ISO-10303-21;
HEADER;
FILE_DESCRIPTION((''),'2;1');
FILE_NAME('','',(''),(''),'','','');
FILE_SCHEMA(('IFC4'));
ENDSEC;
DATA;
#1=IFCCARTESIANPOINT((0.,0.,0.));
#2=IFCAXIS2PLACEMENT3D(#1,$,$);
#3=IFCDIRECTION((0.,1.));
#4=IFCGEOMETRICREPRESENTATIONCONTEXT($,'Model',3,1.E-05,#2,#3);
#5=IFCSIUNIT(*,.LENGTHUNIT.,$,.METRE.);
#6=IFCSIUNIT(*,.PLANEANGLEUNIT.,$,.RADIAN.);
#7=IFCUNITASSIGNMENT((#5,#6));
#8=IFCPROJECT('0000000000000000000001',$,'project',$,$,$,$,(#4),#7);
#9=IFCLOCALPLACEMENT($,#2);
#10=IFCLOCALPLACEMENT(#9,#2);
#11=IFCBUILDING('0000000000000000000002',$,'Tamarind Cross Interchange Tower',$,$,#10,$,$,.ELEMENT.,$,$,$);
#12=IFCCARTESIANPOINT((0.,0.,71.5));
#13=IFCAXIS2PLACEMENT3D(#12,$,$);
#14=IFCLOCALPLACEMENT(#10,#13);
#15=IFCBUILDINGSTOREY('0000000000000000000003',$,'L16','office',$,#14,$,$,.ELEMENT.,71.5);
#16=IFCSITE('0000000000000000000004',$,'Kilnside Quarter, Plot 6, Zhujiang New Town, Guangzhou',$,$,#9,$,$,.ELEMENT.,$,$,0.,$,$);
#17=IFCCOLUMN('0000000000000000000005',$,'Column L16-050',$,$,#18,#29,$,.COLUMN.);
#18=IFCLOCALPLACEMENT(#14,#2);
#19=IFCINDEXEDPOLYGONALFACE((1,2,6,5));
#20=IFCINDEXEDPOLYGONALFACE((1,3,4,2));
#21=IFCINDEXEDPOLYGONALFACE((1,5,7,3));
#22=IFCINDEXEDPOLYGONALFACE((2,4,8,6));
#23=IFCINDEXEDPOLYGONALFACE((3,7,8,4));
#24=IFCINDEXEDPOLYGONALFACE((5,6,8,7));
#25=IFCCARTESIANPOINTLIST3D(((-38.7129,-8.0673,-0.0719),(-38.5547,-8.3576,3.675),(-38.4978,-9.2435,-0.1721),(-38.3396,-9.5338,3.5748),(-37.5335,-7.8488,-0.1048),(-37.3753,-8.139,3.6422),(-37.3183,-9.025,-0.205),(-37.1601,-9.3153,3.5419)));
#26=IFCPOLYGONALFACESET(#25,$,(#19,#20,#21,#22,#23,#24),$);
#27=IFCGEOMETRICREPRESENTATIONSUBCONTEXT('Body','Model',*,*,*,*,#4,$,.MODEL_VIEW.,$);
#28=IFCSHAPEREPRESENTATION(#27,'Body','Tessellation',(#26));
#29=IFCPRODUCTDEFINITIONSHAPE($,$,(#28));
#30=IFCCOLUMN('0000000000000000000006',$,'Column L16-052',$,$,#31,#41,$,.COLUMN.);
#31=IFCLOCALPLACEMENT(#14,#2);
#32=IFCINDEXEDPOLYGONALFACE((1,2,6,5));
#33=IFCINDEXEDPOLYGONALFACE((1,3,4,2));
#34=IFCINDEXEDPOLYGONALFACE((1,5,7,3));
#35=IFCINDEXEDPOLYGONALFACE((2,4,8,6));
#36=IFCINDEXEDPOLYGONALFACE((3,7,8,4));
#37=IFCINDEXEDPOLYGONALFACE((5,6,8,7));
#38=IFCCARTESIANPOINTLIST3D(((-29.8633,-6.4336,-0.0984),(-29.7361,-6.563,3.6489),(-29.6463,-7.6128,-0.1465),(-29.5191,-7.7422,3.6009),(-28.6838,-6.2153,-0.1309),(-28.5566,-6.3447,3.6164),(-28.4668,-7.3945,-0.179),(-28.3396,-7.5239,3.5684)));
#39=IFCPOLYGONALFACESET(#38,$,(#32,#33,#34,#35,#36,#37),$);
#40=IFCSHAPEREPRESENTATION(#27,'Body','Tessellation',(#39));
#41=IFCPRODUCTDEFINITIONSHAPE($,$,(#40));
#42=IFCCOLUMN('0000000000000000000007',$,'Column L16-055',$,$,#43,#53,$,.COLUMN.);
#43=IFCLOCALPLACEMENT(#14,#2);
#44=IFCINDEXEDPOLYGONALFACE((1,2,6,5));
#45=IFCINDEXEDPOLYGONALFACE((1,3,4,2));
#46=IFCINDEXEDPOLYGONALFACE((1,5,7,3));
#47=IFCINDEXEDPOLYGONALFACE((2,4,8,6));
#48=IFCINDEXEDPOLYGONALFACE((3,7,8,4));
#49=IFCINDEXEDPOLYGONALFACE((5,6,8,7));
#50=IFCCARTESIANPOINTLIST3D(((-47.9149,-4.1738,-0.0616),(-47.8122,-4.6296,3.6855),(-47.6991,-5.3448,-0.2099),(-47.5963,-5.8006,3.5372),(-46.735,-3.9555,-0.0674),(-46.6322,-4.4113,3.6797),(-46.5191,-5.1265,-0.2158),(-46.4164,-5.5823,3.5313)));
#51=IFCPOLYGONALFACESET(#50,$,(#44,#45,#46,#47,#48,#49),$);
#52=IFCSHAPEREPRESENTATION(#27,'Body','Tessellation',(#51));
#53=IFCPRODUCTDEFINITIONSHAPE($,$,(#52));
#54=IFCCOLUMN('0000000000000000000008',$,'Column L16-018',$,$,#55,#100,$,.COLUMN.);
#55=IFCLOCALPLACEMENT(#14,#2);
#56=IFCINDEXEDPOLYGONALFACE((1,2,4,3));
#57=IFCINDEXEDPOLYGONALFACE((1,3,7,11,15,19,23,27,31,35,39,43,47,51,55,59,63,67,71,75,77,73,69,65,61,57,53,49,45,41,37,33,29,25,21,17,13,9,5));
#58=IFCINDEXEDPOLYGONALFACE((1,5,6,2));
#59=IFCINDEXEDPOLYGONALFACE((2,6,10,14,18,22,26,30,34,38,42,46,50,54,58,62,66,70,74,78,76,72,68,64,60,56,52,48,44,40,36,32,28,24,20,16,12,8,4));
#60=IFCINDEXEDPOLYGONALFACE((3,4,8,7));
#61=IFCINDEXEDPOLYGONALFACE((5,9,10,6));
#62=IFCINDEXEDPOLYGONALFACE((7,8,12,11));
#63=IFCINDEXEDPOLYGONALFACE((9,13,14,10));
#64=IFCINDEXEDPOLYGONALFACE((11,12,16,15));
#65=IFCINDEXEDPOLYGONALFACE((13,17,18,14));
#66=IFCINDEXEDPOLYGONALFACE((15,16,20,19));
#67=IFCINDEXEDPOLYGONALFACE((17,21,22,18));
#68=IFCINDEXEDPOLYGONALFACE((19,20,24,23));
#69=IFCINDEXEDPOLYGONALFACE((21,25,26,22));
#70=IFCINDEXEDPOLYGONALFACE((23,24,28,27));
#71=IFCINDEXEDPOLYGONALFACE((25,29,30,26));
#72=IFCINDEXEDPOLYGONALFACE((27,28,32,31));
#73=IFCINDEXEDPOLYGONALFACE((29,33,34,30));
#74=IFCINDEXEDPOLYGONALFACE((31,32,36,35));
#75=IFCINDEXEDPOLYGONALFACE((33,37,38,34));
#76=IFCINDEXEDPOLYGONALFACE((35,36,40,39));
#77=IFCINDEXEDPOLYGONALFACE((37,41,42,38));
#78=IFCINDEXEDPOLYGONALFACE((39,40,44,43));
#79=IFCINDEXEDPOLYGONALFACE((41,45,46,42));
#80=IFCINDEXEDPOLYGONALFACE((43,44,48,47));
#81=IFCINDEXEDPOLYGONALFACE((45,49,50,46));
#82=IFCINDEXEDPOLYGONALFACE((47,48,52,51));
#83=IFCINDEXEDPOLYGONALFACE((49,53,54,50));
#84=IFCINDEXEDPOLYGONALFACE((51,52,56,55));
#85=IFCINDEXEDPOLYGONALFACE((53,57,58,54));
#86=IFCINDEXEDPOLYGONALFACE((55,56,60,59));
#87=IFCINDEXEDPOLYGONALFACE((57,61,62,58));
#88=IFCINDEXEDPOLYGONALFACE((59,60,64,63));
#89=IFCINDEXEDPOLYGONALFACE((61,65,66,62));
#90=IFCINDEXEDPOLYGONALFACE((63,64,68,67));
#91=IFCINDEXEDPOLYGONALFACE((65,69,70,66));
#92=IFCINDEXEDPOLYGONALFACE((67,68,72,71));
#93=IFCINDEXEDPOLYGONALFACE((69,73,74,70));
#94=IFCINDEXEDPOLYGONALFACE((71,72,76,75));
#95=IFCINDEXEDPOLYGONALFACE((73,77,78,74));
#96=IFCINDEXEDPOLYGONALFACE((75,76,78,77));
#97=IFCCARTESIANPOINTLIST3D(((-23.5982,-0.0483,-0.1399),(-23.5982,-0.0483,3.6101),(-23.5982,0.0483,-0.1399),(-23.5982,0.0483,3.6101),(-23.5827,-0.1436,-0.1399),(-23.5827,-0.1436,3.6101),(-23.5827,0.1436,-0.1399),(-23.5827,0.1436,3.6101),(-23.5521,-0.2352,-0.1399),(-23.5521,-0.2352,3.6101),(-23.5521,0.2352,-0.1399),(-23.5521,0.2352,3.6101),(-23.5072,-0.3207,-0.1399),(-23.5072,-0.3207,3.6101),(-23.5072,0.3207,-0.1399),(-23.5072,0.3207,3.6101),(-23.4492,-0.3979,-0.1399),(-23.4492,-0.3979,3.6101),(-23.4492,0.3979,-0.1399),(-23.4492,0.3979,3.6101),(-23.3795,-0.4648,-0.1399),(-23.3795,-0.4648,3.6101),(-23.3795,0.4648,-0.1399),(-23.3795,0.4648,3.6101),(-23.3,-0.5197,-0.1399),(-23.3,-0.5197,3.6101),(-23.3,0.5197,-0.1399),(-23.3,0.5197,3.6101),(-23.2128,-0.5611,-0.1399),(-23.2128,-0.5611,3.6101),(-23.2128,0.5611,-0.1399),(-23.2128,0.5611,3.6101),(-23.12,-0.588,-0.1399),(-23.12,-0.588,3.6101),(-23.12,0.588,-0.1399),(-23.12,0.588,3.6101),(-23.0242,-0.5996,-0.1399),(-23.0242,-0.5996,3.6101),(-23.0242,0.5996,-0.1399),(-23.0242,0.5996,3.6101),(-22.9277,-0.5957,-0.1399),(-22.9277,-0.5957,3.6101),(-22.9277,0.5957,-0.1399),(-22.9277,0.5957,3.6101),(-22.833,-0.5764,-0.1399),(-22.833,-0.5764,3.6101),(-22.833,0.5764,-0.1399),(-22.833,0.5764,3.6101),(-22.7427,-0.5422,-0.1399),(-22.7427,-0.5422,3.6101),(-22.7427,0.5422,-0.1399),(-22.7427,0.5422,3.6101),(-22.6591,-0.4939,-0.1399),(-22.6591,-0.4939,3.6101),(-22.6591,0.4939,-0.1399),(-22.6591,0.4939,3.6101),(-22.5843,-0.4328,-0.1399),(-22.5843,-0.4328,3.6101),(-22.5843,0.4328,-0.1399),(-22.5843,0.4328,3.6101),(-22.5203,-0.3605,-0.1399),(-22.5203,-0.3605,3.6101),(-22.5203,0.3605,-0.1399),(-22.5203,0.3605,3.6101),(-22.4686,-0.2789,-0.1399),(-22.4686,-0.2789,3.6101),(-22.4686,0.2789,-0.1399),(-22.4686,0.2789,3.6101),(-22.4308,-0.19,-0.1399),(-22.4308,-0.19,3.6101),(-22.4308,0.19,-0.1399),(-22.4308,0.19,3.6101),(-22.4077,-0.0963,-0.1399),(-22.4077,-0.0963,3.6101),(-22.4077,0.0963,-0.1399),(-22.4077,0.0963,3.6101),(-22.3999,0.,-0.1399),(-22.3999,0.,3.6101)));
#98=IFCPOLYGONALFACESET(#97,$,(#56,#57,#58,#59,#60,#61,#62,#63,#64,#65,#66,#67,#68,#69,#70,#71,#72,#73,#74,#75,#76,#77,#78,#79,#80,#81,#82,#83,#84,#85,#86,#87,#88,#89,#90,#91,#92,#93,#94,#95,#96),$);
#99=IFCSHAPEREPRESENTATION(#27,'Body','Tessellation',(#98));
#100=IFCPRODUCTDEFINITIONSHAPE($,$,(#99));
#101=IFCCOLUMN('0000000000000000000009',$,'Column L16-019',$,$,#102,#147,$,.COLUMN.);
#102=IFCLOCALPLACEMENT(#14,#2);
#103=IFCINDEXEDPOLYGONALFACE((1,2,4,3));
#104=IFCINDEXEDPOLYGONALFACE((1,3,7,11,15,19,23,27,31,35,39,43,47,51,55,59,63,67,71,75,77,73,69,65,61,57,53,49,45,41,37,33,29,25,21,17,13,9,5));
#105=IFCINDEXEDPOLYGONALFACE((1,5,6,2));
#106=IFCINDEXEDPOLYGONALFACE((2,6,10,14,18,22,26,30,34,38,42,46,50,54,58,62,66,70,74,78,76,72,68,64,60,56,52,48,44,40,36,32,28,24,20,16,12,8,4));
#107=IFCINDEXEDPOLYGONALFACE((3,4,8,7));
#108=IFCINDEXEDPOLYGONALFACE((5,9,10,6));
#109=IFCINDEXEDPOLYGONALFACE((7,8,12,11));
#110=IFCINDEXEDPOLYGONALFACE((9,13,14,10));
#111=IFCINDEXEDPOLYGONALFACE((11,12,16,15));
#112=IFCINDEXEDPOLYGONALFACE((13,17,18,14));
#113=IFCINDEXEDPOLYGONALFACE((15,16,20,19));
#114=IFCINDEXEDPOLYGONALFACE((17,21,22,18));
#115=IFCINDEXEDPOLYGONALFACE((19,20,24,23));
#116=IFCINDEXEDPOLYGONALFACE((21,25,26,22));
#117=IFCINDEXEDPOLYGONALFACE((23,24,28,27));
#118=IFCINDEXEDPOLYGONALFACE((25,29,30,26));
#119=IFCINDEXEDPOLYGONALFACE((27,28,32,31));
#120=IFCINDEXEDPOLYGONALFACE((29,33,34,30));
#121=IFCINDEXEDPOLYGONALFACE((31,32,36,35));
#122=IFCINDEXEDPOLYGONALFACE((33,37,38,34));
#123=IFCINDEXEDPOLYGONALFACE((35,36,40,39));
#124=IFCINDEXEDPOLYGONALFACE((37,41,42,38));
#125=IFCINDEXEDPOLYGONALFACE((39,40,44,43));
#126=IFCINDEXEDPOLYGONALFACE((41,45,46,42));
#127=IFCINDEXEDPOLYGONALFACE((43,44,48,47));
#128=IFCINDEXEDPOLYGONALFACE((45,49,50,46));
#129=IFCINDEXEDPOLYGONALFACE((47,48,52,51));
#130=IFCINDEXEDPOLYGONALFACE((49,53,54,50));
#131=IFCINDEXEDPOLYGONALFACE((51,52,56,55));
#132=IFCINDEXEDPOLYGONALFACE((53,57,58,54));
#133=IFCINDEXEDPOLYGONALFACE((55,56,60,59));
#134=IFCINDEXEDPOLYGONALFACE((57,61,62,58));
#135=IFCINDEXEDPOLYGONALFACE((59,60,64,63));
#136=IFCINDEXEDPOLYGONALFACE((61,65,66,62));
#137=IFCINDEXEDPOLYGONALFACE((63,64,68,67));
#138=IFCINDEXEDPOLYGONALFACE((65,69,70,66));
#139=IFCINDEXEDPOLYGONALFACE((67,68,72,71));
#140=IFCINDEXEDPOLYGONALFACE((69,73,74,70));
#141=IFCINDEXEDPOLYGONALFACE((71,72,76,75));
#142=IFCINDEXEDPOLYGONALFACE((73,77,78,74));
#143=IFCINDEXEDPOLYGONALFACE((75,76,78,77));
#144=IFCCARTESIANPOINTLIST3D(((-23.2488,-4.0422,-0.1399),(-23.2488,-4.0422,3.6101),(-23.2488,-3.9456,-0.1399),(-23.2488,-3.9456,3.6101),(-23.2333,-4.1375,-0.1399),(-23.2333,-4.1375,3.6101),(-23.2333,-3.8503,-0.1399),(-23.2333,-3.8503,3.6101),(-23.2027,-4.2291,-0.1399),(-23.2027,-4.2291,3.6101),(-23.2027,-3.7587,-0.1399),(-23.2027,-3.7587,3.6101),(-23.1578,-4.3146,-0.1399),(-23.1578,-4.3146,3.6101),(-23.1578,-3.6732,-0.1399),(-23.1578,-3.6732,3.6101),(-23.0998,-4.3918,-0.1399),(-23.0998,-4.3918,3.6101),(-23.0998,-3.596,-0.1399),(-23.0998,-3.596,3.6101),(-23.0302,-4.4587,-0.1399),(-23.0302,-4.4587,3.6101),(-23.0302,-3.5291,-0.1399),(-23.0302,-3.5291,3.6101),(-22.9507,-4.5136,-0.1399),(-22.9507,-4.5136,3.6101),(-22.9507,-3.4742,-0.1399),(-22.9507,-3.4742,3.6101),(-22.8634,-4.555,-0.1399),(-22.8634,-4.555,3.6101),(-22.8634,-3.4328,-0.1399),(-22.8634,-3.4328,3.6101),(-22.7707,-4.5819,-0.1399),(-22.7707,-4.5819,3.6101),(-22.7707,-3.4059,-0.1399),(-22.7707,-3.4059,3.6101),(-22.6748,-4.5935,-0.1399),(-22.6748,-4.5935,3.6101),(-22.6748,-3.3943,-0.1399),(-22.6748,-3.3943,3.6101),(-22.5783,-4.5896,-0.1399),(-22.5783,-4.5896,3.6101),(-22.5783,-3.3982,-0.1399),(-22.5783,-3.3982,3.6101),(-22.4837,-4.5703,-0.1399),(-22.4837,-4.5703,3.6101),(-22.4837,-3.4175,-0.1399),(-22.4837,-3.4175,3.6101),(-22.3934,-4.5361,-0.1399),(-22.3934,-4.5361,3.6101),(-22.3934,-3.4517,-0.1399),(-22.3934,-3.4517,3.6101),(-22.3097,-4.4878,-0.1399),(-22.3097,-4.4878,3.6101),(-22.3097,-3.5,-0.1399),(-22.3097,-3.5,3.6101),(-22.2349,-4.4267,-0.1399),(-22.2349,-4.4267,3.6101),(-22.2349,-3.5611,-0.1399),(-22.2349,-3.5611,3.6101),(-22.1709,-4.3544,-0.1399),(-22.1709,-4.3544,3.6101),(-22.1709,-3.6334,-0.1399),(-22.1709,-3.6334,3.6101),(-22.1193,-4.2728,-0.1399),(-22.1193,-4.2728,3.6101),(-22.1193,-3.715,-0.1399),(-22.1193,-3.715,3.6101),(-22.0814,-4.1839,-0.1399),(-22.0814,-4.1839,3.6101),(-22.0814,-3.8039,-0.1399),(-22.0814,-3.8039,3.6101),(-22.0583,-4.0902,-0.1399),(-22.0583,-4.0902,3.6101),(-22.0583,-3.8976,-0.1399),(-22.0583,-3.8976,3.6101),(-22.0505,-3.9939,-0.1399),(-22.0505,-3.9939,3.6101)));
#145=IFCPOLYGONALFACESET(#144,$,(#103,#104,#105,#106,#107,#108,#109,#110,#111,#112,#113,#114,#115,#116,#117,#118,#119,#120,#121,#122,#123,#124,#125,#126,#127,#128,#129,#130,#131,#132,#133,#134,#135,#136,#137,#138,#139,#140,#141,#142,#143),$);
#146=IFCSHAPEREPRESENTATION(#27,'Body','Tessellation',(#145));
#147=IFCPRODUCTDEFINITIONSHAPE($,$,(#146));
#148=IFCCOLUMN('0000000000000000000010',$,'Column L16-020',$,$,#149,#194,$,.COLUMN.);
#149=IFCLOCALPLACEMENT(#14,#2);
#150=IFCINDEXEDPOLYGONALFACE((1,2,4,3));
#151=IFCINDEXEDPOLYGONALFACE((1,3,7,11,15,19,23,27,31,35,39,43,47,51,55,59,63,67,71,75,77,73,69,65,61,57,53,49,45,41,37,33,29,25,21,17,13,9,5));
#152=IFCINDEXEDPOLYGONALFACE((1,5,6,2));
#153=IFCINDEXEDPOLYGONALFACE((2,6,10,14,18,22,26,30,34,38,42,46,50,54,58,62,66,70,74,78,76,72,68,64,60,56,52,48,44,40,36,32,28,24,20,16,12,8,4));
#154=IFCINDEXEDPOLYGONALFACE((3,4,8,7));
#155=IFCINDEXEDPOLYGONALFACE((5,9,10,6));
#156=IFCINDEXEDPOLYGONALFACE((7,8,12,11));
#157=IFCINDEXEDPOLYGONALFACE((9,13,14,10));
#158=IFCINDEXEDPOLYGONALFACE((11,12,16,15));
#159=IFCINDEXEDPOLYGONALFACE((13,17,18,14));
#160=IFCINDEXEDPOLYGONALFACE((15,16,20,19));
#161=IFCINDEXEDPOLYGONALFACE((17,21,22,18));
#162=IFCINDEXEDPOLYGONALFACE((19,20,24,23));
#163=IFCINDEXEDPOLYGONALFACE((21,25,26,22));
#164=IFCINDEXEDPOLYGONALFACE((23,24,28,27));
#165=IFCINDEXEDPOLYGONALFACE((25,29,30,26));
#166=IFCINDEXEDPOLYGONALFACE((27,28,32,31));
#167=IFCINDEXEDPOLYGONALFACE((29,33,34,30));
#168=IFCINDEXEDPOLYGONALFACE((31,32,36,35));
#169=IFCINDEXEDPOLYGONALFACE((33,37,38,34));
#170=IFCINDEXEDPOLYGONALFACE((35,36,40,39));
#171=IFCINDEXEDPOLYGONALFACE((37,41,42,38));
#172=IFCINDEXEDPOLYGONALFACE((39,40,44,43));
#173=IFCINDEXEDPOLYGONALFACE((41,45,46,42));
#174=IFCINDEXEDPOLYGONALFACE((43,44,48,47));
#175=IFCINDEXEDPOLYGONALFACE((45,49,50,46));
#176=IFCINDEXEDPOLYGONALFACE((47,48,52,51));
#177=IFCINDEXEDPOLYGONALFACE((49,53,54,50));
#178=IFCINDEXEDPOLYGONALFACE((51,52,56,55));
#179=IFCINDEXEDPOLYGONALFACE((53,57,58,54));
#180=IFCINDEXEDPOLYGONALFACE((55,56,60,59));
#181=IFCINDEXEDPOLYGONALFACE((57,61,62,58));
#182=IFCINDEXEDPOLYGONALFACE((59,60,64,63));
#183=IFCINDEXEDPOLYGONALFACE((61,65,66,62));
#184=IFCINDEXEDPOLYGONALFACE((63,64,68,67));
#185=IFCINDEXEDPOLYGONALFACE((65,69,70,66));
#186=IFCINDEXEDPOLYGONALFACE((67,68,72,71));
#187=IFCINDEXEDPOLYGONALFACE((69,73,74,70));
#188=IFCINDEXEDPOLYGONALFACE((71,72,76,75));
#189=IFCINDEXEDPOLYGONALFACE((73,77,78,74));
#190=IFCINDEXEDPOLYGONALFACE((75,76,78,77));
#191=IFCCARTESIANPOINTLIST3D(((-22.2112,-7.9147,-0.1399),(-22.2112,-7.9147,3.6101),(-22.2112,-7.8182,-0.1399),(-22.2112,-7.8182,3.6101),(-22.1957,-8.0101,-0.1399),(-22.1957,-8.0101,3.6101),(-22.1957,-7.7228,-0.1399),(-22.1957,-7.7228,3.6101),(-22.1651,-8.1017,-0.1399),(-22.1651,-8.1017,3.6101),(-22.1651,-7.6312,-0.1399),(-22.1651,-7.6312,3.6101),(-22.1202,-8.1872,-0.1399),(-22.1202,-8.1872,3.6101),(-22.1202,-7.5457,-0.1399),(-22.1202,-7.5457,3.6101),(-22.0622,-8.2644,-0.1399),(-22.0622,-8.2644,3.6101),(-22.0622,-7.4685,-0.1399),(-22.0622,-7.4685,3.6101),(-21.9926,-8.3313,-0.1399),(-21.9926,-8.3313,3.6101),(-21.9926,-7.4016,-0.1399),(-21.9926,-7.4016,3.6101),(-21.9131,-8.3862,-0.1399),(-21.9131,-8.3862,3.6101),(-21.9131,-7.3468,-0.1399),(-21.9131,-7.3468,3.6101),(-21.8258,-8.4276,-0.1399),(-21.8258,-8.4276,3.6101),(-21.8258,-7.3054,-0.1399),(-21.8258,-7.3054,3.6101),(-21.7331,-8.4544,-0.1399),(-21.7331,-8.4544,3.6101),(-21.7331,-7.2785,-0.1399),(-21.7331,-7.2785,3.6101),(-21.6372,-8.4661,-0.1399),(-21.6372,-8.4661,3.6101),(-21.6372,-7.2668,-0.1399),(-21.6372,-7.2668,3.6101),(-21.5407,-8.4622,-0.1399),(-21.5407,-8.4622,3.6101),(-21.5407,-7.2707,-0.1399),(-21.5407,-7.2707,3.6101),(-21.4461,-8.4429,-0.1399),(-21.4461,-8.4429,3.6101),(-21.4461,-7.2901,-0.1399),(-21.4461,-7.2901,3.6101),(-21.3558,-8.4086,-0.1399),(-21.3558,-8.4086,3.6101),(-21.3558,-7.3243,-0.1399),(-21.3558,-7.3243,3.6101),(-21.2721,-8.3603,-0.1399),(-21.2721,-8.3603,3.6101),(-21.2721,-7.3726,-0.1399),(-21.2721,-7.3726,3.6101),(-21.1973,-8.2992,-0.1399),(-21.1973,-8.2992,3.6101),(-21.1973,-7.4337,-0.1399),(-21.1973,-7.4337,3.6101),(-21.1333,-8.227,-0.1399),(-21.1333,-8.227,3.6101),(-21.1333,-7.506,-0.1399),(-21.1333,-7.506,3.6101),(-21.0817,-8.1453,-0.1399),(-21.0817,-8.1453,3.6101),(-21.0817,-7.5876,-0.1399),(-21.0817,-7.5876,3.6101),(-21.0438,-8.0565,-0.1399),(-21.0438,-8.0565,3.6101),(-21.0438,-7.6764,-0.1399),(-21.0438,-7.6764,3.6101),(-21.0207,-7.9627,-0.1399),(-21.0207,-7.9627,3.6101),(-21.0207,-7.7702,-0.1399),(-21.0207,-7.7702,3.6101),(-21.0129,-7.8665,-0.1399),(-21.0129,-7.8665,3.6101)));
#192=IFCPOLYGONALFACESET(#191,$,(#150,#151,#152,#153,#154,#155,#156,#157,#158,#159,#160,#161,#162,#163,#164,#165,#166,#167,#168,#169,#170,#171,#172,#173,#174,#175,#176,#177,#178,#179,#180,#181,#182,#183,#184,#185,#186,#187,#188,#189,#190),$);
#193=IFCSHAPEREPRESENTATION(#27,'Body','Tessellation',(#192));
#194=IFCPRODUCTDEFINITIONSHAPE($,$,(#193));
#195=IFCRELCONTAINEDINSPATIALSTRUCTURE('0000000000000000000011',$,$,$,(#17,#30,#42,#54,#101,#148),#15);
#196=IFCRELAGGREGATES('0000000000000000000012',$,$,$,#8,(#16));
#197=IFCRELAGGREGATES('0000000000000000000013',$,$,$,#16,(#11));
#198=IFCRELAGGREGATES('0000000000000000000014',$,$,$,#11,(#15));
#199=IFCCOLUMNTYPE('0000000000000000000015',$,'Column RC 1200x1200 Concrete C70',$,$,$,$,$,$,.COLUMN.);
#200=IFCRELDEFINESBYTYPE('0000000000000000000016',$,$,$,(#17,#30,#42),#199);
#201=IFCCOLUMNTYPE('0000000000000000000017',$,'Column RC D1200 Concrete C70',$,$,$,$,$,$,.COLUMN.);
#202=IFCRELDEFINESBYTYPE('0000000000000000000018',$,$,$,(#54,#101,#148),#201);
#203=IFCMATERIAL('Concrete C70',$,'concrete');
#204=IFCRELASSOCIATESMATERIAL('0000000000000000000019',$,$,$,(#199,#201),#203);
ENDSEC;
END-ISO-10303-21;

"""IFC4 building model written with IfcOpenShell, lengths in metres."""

from ifc_helpers import new_model, si_unit, direction, frame, origin, origin_2d, place, context, subcontext, project, spatial, rectangle, circle, extrude, material, material_profile, profile_set, type_object, element, save


model = new_model("IFC4")

# Units and contexts
model_context = context("Model", 3, precision=1e-05, world=origin(), true_north=direction((0.0, 1.0)))
body_context = subcontext(model_context, "Body", "Model", "MODEL_VIEW")
ifc_project = project(units=[si_unit("LENGTHUNIT", "METRE"), si_unit("PLANEANGLEUNIT", "RADIAN")], contexts=[model_context])

# Site, building, storey
site_placement = place(None, origin())
site = spatial("IfcSite", under=ifc_project, at=site_placement, Name="Kilnside Quarter, Plot 6, Zhujiang New Town, Guangzhou", CompositionType="ELEMENT", RefElevation=0.0)
building_placement = place(site_placement, origin())
building = spatial("IfcBuilding", under=site, at=building_placement, Name="Tamarind Cross Interchange Tower", CompositionType="ELEMENT")
storey_placement = place(building_placement, frame((0.0, 0.0, 71.5)))
storey = spatial("IfcBuildingStorey", under=building, at=storey_placement, Name="L16", Description="office", CompositionType="ELEMENT", Elevation=71.5)

# Columns
ifc_material_1 = material(Name="Concrete C70", Category="concrete")
ifc_material_profile_1 = material_profile(ifc_material_1, rectangle(XDim=1.2, YDim=1.2, at=origin_2d()), Name="RC 1200x1200")
ifc_profile_set_1 = profile_set([ifc_material_profile_1], Name="Concrete C70")
column_type_1 = type_object("IfcColumnType", Name="Column RC 1200x1200 Concrete C70", PredefinedType="COLUMN", material=ifc_profile_set_1)
column_1_placement = place(storey_placement, frame((-38.0156, -8.5461, -0.1384), z_axis=(0.04206, -0.077175, 0.99613), x_axis=(-0.179298, 0.980244, 0.083514)))
element("IfcColumn", 1, at=column_1_placement, inside=storey, type_object=column_type_1, Name="Column L16-050", PredefinedType="COLUMN", context=body_context, shape_type="SweptSolid", body=[
    extrude(rectangle(XDim=1.2, YDim=1.2, at=origin_2d()), origin(), (0.0, 0.0, 1.0), 3.7615),
])
column_2_placement = place(storey_placement, frame((-29.165, -6.9141, -0.1387), z_axis=(0.033904, -0.03449, 0.99883), x_axis=(-0.180809, 0.982702, 0.04007)))
element("IfcColumn", 2, at=column_2_placement, inside=storey, type_object=column_type_1, Name="Column L16-052", PredefinedType="COLUMN", context=body_context, shape_type="SweptSolid", body=[
    extrude(rectangle(XDim=1.2, YDim=1.2, at=origin_2d()), origin(), (0.0, 0.0, 1.0), 3.7517),
])
column_3_placement = place(storey_placement, frame((-47.217, -4.6501, -0.1387), z_axis=(0.027219, -0.12071, 0.992315), x_axis=(-0.179894, 0.975884, 0.123645)))
element("IfcColumn", 3, at=column_3_placement, inside=storey, type_object=column_type_1, Name="Column L16-055", PredefinedType="COLUMN", context=body_context, shape_type="SweptSolid", body=[
    extrude(rectangle(XDim=1.2, YDim=1.2, at=origin_2d()), origin(), (0.0, 0.0, 1.0), 3.7761),
])
ifc_material_profile_2 = material_profile(ifc_material_1, circle(Radius=0.6001, at=origin_2d()), Name="RC D1200")
ifc_profile_set_2 = profile_set([ifc_material_profile_2], Name="Concrete C70")
column_type_2 = type_object("IfcColumnType", Name="Column RC D1200 Concrete C70", PredefinedType="COLUMN", material=ifc_profile_set_2)
for number, where, z_axis, x_axis, name in (
    (4, (-23.0, 0.0, -0.1399), (0.0, 0.0, 1.0), (1.0, 0.0, 0.0), "Column L16-018"),
    (5, (-22.6506, -3.9939, -0.1399), (0.0, 0.0, 1.0), (1.0, 0.0, 0.0), "Column L16-019"),
    (6, (-21.613, -7.8665, -0.1399), (0.0, 0.0, 1.0), (1.0, 0.0, 0.0), "Column L16-020"),
):
    element("IfcColumn", number, at=place(storey_placement, frame(where, z_axis=z_axis, x_axis=x_axis)), inside=storey, type_object=column_type_2, Name=name, PredefinedType="COLUMN", context=body_context, shape_type="SweptSolid", body=[
        extrude(circle(Radius=0.6001, at=origin_2d()), origin(), (0.0, 0.0, 1.0), 3.75),
    ])

save(model, "model.ifc")
